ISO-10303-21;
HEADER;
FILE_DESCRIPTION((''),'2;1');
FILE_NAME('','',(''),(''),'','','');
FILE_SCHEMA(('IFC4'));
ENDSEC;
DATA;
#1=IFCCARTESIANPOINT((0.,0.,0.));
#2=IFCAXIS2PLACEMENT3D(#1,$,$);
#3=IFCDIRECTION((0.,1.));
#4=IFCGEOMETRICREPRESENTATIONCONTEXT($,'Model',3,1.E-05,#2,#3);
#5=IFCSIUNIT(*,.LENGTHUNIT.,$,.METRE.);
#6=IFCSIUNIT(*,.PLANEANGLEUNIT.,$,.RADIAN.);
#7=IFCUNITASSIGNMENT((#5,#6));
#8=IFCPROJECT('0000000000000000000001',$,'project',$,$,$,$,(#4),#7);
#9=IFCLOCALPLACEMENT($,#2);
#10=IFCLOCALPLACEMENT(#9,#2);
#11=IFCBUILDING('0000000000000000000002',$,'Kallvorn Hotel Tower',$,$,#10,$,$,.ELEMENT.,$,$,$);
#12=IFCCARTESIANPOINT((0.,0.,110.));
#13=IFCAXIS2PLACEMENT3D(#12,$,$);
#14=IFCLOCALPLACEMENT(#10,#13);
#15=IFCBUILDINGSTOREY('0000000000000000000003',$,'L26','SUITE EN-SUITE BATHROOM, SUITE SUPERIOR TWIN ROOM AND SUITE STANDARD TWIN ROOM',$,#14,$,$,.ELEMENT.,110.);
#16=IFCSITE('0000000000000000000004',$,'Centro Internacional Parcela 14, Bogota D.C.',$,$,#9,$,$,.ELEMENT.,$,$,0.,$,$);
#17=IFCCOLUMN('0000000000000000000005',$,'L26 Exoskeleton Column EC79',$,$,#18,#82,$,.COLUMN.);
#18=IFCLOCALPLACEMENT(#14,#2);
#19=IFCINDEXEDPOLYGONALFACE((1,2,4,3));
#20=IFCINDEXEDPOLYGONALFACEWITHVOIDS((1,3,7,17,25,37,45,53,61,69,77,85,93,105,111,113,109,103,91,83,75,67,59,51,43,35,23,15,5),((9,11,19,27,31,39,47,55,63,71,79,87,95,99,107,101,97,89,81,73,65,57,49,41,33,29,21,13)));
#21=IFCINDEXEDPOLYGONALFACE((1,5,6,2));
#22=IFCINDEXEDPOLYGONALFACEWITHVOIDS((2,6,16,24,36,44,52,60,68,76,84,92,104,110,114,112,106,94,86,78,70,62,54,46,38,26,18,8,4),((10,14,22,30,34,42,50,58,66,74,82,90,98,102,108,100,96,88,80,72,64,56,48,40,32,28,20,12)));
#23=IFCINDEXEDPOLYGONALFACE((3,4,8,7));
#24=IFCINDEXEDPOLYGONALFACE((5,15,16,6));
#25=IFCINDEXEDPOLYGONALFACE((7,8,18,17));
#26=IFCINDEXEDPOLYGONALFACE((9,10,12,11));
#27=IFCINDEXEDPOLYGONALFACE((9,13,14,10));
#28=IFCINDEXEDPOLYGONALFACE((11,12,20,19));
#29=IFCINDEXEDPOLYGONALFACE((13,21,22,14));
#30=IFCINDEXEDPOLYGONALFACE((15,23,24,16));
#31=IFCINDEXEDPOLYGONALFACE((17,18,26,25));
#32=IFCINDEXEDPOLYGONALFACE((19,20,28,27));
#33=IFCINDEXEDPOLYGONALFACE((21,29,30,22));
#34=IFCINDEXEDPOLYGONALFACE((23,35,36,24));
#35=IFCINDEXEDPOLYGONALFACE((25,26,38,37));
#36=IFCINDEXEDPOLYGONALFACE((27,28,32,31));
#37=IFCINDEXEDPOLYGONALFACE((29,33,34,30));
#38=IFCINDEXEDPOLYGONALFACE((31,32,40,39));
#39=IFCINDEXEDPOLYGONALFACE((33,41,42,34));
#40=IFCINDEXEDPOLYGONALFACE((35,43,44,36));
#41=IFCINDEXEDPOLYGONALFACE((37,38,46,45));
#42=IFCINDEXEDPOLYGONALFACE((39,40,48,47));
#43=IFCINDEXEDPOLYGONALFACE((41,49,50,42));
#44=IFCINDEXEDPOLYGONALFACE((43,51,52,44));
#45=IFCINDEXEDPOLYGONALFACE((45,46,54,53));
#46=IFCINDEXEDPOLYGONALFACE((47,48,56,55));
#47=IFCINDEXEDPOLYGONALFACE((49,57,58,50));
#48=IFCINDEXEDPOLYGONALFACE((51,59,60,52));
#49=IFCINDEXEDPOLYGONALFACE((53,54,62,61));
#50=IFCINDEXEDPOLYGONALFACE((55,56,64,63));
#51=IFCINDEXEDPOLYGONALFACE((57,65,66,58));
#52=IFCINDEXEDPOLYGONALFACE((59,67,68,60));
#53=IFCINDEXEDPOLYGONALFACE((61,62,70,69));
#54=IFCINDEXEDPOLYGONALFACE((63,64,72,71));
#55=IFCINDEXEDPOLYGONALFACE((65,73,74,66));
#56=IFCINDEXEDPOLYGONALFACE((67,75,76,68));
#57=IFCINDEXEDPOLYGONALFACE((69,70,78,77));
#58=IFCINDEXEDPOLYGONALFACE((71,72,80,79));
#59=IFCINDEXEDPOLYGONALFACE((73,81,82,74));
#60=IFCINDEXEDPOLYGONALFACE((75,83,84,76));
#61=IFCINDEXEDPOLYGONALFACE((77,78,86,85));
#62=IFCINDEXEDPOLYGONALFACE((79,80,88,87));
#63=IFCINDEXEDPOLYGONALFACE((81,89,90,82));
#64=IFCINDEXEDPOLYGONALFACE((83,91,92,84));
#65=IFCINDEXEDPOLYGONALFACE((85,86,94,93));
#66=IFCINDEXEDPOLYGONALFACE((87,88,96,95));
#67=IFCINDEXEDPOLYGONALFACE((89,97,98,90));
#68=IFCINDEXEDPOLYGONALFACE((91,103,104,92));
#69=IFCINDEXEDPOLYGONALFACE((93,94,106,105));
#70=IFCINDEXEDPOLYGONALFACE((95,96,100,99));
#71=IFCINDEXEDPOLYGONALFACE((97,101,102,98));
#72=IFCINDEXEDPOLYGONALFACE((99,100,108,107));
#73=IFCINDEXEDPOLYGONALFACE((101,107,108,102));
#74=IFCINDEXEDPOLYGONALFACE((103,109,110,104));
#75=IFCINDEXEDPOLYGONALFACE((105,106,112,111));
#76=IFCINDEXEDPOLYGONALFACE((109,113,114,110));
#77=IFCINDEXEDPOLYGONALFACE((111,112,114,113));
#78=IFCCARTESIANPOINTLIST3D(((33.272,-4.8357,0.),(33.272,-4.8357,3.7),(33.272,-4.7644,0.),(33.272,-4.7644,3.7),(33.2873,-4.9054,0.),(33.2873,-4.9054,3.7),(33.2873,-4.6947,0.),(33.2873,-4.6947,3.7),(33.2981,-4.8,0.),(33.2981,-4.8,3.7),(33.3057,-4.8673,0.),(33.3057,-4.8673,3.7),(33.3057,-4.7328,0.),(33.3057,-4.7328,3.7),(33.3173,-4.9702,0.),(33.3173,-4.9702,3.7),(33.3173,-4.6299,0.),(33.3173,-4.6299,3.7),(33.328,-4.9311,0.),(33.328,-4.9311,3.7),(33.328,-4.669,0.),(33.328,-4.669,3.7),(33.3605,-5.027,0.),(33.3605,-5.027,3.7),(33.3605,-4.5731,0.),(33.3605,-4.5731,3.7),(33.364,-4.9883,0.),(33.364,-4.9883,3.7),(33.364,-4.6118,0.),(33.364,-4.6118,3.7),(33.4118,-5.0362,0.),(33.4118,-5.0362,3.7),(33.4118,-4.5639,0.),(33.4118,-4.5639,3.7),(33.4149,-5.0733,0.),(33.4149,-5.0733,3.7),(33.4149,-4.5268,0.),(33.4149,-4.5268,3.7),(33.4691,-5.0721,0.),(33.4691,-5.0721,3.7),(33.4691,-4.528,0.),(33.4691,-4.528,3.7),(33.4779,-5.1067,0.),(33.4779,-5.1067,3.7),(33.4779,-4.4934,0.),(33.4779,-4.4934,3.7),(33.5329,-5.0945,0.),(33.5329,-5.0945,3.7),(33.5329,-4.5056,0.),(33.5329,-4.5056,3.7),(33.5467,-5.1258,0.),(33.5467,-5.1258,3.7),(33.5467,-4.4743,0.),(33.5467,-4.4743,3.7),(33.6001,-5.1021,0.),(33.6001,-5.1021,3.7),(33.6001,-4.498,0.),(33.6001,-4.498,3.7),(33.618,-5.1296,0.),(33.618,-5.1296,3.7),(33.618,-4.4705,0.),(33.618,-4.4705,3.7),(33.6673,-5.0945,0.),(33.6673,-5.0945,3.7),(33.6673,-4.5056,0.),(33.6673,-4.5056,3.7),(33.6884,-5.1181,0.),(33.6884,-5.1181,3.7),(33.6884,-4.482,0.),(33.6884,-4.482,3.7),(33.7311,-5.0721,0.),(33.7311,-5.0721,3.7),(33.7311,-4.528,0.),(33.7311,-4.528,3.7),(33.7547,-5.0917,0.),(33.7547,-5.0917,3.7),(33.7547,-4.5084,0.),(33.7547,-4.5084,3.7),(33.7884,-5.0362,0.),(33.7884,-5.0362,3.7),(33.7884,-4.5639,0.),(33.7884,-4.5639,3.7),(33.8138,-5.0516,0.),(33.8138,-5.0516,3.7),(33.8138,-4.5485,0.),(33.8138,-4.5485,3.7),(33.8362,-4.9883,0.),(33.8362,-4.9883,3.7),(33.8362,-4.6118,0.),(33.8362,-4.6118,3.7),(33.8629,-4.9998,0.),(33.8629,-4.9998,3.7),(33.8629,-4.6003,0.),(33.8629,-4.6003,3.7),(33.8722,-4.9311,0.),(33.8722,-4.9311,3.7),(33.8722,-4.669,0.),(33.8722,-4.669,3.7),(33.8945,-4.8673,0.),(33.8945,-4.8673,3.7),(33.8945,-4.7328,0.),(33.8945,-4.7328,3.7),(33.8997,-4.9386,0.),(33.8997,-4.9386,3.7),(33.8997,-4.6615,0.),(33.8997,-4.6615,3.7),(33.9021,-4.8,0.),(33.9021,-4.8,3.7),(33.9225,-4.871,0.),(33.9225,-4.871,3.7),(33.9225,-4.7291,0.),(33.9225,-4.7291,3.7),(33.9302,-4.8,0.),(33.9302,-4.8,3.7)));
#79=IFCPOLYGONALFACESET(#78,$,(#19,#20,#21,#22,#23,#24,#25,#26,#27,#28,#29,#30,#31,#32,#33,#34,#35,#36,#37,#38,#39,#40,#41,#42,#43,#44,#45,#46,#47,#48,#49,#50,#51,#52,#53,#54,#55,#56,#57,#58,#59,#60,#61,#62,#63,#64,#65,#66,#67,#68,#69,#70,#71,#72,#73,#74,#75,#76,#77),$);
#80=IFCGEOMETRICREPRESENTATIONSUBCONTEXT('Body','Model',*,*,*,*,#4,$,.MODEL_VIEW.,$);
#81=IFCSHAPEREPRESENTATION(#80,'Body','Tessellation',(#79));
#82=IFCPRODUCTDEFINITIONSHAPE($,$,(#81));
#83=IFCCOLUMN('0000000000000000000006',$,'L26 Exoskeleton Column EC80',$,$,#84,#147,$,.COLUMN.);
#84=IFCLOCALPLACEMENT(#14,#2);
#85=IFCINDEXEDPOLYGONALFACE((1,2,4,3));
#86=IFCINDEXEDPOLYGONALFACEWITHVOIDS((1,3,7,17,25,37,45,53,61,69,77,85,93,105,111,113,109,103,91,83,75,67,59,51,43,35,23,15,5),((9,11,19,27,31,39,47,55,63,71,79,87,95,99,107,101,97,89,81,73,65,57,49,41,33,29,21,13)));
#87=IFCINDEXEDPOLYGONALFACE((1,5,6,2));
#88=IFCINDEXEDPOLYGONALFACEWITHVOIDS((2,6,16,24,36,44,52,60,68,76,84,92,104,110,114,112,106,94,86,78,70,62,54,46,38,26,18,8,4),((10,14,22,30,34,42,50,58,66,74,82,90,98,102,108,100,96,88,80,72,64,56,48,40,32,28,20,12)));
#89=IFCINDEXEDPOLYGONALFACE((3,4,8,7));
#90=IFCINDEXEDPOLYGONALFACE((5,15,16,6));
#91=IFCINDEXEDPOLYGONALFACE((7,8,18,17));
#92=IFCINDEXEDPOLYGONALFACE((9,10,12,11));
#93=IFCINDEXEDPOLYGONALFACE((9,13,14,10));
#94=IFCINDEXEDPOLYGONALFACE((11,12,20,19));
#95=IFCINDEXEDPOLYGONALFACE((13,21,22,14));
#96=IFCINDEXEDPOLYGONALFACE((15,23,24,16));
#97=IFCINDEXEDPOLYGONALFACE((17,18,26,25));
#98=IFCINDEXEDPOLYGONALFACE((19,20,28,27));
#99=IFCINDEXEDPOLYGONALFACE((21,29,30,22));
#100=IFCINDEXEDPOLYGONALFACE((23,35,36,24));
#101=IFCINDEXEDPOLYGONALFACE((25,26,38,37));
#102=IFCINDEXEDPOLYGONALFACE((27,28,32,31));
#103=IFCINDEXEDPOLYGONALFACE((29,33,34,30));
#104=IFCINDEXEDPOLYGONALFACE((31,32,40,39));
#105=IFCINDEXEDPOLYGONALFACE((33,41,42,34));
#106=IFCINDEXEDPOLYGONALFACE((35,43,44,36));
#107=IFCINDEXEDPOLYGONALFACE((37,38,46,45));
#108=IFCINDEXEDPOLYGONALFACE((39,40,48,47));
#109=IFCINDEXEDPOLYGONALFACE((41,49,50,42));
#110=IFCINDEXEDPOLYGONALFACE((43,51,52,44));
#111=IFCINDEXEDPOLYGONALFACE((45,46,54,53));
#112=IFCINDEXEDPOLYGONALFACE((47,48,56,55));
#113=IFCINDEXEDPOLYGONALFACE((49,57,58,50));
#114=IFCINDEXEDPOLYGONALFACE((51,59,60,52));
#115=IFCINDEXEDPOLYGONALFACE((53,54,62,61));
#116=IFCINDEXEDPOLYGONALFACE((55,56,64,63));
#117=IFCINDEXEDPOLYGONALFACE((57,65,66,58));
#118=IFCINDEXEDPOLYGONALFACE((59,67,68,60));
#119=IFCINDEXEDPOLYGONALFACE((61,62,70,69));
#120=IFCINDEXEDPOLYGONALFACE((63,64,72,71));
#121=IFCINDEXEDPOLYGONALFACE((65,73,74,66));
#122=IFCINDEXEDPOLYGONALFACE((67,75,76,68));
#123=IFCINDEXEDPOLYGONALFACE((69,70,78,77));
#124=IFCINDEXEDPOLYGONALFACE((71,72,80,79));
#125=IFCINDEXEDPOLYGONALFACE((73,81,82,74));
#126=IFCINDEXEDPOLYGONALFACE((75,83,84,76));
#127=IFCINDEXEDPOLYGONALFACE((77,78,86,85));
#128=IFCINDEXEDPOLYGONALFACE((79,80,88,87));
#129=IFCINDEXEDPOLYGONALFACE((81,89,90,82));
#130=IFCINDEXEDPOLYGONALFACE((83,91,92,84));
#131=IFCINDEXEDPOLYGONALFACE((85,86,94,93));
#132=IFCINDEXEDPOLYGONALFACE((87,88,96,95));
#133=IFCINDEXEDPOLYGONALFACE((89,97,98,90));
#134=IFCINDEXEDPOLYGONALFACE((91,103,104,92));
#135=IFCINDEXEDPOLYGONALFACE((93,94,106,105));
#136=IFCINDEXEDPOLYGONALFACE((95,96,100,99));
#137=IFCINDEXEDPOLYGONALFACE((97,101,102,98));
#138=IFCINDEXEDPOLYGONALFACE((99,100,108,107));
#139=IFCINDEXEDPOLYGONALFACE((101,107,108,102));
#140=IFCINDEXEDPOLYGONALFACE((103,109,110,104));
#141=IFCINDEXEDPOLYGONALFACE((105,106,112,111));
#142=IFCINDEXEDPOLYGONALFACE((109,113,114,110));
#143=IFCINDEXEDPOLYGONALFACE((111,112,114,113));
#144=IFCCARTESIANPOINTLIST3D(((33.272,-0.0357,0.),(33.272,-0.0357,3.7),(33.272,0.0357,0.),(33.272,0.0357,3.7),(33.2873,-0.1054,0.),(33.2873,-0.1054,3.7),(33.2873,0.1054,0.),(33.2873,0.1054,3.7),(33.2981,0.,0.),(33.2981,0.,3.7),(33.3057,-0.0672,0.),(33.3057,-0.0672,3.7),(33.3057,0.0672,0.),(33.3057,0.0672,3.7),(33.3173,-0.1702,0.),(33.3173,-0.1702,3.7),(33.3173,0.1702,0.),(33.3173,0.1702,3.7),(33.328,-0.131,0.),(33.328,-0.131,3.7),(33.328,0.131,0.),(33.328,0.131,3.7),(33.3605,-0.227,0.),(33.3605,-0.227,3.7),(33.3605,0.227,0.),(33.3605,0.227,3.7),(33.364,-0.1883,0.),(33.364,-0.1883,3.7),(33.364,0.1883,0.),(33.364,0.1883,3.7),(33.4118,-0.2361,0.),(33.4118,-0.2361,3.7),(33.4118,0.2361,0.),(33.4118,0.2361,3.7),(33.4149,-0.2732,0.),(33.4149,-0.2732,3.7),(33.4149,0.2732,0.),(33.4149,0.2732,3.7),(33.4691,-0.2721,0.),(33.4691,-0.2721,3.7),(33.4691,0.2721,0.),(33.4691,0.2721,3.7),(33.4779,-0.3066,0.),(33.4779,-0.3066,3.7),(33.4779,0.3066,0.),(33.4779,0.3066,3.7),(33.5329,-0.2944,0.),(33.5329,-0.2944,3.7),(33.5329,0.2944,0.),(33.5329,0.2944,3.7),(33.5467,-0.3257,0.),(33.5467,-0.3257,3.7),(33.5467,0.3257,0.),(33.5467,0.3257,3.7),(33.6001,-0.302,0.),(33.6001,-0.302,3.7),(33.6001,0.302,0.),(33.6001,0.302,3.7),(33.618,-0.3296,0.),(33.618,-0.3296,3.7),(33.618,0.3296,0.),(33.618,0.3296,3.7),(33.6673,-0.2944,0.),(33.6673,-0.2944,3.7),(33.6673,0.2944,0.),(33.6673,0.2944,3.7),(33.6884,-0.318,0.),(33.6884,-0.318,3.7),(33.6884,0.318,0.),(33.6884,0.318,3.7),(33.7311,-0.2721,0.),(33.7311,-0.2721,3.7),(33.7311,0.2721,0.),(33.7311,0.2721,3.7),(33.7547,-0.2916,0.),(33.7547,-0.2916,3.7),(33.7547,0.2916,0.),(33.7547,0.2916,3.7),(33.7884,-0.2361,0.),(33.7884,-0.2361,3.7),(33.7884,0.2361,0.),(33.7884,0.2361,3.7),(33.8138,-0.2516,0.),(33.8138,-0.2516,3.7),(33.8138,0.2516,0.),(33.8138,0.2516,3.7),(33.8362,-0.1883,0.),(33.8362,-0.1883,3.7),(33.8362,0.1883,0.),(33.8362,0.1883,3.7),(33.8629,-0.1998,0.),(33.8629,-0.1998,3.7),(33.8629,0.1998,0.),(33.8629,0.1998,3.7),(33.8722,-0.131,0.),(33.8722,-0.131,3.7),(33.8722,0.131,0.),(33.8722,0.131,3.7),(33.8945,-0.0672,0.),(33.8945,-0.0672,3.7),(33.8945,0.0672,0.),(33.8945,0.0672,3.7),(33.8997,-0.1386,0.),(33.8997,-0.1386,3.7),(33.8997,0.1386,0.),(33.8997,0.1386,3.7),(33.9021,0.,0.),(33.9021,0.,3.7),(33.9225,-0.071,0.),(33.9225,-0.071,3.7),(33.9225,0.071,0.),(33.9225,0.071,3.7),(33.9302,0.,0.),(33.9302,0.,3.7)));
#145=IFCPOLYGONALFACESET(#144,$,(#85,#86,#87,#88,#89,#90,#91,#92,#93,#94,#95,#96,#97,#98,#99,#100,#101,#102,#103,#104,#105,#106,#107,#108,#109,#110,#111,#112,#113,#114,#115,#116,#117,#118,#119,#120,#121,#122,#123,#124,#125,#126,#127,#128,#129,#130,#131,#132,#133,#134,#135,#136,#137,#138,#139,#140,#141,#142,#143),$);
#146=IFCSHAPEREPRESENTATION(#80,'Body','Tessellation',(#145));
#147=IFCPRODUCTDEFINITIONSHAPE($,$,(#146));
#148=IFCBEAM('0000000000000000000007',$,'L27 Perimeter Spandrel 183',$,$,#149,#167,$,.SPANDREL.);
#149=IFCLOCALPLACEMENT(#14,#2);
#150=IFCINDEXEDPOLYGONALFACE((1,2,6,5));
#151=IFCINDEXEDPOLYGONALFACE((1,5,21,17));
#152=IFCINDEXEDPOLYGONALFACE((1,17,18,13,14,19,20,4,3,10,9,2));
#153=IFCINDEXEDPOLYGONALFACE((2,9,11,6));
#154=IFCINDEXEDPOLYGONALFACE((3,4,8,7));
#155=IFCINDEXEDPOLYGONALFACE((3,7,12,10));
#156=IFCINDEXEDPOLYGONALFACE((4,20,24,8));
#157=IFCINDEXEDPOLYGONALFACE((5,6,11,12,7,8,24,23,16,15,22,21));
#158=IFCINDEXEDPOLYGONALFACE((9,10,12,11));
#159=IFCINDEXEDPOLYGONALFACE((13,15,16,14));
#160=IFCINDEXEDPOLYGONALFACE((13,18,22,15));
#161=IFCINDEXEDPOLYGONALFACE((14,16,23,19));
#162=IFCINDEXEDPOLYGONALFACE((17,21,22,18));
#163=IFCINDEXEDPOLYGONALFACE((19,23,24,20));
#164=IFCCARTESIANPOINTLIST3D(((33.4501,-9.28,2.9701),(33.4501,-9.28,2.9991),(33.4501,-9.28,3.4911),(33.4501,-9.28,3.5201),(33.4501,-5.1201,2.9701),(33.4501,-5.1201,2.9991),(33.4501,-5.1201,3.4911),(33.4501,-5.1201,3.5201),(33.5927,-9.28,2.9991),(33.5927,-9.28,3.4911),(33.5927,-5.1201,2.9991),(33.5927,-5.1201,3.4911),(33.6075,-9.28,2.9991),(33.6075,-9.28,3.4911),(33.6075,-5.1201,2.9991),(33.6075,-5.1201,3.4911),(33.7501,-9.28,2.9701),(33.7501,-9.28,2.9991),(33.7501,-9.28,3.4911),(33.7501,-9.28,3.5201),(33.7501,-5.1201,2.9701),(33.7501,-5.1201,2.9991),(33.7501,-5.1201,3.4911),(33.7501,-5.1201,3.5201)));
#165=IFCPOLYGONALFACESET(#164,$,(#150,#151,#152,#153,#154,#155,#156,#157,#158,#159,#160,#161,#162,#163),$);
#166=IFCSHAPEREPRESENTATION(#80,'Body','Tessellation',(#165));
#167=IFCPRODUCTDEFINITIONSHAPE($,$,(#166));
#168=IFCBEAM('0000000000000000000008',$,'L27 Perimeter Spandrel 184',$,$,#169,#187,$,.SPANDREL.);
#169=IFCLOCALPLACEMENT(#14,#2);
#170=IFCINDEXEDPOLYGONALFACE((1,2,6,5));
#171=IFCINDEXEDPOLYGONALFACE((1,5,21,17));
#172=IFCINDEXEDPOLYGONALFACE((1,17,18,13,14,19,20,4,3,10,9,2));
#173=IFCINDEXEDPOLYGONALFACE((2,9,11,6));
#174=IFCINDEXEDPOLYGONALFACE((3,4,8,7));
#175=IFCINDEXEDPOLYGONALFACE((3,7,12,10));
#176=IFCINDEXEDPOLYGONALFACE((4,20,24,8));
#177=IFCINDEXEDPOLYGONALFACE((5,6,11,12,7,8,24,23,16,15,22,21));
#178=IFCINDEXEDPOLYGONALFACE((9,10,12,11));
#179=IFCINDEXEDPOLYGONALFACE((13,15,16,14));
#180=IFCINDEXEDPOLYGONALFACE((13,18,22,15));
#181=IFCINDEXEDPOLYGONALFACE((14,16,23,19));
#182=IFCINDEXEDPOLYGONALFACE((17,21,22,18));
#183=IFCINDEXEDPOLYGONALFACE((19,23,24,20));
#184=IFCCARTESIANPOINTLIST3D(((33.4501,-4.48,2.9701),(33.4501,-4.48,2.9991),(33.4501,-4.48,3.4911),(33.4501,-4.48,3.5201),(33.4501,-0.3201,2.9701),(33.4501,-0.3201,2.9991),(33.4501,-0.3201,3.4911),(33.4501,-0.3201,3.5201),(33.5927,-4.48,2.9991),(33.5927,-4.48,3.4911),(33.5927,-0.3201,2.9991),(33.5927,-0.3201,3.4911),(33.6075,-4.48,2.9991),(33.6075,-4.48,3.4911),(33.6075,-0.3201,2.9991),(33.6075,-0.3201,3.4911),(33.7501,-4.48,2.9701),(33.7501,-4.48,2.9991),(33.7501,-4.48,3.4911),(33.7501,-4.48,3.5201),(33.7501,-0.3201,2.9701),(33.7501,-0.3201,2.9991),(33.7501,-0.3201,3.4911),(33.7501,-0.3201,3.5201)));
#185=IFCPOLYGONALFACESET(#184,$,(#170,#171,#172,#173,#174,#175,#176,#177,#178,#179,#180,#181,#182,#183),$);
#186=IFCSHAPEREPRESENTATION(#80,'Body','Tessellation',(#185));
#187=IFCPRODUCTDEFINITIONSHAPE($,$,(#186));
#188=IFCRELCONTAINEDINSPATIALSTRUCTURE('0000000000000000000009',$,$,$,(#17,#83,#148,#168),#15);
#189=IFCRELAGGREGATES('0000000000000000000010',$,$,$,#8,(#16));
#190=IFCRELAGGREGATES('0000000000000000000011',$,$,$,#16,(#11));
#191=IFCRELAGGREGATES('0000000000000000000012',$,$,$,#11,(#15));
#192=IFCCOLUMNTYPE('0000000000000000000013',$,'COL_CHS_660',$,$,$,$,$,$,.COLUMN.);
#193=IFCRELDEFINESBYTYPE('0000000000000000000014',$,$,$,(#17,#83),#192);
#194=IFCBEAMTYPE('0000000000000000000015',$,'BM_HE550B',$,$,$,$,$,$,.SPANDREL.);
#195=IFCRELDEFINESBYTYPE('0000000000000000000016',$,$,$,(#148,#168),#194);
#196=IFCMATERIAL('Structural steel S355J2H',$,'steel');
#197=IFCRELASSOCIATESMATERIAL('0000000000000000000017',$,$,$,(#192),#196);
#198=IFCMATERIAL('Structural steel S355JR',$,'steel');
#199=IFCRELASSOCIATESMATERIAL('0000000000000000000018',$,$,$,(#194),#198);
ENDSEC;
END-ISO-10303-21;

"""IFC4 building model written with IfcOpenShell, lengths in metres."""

from ifc_helpers import new_model, si_unit, direction, frame, origin, origin_2d, place, context, subcontext, project, spatial, hollow_circle, i_section, extrude, material, material_profile, profile_set, type_object, element, save


model = new_model("IFC4")

# Units and contexts
model_context = context("Model", 3, precision=1e-05, world=origin(), true_north=direction((0.0, 1.0)))
body_context = subcontext(model_context, "Body", "Model", "MODEL_VIEW")
ifc_project = project(units=[si_unit("LENGTHUNIT", "METRE"), si_unit("PLANEANGLEUNIT", "RADIAN")], contexts=[model_context])

# Site, building, storey
site_placement = place(None, origin())
site = spatial("IfcSite", under=ifc_project, at=site_placement, Name="Centro Internacional Parcela 14, Bogota D.C.", CompositionType="ELEMENT", RefElevation=0.0)
building_placement = place(site_placement, origin())
building = spatial("IfcBuilding", under=site, at=building_placement, Name="Kallvorn Hotel Tower", CompositionType="ELEMENT")
storey_placement = place(building_placement, frame((0.0, 0.0, 110.0)))
storey = spatial("IfcBuildingStorey", under=building, at=storey_placement, Name="L26", Description="SUITE EN-SUITE BATHROOM, SUITE SUPERIOR TWIN ROOM AND SUITE STANDARD TWIN ROOM", CompositionType="ELEMENT", Elevation=110.0)

# Columns
ifc_material_1 = material(Name="Structural steel S355J2H", Category="steel")
ifc_material_profile_1 = material_profile(ifc_material_1, hollow_circle(Radius=0.3301, WallThickness=0.0281, at=origin_2d()), Name="CHS 660x28")
ifc_profile_set_1 = profile_set([ifc_material_profile_1], Name="Structural steel S355J2H")
column_type = type_object("IfcColumnType", Name="COL_CHS_660", PredefinedType="COLUMN", material=ifc_profile_set_1)
for number, where, z_axis, x_axis, name in (
    (1, (33.6001, -4.8, 0.0), (0.0, 0.0, 1.0), (1.0, 0.0, 0.0), "L26 Exoskeleton Column EC79"),
    (2, (33.6001, 0.0, 0.0), (0.0, 0.0, 1.0), (1.0, 0.0, 0.0), "L26 Exoskeleton Column EC80"),
):
    element("IfcColumn", number, at=place(storey_placement, frame(where, z_axis=z_axis, x_axis=x_axis)), inside=storey, type_object=column_type, Name=name, PredefinedType="COLUMN", context=body_context, shape_type="SweptSolid", body=[
        extrude(hollow_circle(Radius=0.3301, WallThickness=0.0281, at=origin_2d()), origin(), (0.0, 0.0, 1.0), 3.7),
    ])

# Beams
ifc_material_2 = material(Name="Structural steel S355JR", Category="steel")
ifc_material_profile_2 = material_profile(ifc_material_2, i_section(OverallWidth=0.3, OverallDepth=0.55, WebThickness=0.0149, FlangeThickness=0.0291, at=origin_2d()), Name="HE 550 B")
ifc_profile_set_2 = profile_set([ifc_material_profile_2], Name="Structural steel S355JR")
beam_type_1 = type_object("IfcBeamType", Name="BM_HE550B", PredefinedType="SPANDREL", material=ifc_profile_set_2)
for number, where, z_axis, x_axis, name in (
    (3, (33.6001, -9.28, 3.2451), (0.0, 1.0, 0.0), (-1.0, 0.0, 0.0), "L27 Perimeter Spandrel 183"),
    (4, (33.6001, -4.48, 3.2451), (0.0, 1.0, 0.0), (-1.0, 0.0, 0.0), "L27 Perimeter Spandrel 184"),
):
    element("IfcBeam", number, at=place(storey_placement, frame(where, z_axis=z_axis, x_axis=x_axis)), inside=storey, type_object=beam_type_1, Name=name, PredefinedType="SPANDREL", context=body_context, shape_type="SweptSolid", body=[
        extrude(i_section(OverallWidth=0.3, OverallDepth=0.55, WebThickness=0.0149, FlangeThickness=0.0291, at=origin_2d()), origin(), (0.0, 0.0, 1.0), 4.1599),
    ])

save(model, "model.ifc")
